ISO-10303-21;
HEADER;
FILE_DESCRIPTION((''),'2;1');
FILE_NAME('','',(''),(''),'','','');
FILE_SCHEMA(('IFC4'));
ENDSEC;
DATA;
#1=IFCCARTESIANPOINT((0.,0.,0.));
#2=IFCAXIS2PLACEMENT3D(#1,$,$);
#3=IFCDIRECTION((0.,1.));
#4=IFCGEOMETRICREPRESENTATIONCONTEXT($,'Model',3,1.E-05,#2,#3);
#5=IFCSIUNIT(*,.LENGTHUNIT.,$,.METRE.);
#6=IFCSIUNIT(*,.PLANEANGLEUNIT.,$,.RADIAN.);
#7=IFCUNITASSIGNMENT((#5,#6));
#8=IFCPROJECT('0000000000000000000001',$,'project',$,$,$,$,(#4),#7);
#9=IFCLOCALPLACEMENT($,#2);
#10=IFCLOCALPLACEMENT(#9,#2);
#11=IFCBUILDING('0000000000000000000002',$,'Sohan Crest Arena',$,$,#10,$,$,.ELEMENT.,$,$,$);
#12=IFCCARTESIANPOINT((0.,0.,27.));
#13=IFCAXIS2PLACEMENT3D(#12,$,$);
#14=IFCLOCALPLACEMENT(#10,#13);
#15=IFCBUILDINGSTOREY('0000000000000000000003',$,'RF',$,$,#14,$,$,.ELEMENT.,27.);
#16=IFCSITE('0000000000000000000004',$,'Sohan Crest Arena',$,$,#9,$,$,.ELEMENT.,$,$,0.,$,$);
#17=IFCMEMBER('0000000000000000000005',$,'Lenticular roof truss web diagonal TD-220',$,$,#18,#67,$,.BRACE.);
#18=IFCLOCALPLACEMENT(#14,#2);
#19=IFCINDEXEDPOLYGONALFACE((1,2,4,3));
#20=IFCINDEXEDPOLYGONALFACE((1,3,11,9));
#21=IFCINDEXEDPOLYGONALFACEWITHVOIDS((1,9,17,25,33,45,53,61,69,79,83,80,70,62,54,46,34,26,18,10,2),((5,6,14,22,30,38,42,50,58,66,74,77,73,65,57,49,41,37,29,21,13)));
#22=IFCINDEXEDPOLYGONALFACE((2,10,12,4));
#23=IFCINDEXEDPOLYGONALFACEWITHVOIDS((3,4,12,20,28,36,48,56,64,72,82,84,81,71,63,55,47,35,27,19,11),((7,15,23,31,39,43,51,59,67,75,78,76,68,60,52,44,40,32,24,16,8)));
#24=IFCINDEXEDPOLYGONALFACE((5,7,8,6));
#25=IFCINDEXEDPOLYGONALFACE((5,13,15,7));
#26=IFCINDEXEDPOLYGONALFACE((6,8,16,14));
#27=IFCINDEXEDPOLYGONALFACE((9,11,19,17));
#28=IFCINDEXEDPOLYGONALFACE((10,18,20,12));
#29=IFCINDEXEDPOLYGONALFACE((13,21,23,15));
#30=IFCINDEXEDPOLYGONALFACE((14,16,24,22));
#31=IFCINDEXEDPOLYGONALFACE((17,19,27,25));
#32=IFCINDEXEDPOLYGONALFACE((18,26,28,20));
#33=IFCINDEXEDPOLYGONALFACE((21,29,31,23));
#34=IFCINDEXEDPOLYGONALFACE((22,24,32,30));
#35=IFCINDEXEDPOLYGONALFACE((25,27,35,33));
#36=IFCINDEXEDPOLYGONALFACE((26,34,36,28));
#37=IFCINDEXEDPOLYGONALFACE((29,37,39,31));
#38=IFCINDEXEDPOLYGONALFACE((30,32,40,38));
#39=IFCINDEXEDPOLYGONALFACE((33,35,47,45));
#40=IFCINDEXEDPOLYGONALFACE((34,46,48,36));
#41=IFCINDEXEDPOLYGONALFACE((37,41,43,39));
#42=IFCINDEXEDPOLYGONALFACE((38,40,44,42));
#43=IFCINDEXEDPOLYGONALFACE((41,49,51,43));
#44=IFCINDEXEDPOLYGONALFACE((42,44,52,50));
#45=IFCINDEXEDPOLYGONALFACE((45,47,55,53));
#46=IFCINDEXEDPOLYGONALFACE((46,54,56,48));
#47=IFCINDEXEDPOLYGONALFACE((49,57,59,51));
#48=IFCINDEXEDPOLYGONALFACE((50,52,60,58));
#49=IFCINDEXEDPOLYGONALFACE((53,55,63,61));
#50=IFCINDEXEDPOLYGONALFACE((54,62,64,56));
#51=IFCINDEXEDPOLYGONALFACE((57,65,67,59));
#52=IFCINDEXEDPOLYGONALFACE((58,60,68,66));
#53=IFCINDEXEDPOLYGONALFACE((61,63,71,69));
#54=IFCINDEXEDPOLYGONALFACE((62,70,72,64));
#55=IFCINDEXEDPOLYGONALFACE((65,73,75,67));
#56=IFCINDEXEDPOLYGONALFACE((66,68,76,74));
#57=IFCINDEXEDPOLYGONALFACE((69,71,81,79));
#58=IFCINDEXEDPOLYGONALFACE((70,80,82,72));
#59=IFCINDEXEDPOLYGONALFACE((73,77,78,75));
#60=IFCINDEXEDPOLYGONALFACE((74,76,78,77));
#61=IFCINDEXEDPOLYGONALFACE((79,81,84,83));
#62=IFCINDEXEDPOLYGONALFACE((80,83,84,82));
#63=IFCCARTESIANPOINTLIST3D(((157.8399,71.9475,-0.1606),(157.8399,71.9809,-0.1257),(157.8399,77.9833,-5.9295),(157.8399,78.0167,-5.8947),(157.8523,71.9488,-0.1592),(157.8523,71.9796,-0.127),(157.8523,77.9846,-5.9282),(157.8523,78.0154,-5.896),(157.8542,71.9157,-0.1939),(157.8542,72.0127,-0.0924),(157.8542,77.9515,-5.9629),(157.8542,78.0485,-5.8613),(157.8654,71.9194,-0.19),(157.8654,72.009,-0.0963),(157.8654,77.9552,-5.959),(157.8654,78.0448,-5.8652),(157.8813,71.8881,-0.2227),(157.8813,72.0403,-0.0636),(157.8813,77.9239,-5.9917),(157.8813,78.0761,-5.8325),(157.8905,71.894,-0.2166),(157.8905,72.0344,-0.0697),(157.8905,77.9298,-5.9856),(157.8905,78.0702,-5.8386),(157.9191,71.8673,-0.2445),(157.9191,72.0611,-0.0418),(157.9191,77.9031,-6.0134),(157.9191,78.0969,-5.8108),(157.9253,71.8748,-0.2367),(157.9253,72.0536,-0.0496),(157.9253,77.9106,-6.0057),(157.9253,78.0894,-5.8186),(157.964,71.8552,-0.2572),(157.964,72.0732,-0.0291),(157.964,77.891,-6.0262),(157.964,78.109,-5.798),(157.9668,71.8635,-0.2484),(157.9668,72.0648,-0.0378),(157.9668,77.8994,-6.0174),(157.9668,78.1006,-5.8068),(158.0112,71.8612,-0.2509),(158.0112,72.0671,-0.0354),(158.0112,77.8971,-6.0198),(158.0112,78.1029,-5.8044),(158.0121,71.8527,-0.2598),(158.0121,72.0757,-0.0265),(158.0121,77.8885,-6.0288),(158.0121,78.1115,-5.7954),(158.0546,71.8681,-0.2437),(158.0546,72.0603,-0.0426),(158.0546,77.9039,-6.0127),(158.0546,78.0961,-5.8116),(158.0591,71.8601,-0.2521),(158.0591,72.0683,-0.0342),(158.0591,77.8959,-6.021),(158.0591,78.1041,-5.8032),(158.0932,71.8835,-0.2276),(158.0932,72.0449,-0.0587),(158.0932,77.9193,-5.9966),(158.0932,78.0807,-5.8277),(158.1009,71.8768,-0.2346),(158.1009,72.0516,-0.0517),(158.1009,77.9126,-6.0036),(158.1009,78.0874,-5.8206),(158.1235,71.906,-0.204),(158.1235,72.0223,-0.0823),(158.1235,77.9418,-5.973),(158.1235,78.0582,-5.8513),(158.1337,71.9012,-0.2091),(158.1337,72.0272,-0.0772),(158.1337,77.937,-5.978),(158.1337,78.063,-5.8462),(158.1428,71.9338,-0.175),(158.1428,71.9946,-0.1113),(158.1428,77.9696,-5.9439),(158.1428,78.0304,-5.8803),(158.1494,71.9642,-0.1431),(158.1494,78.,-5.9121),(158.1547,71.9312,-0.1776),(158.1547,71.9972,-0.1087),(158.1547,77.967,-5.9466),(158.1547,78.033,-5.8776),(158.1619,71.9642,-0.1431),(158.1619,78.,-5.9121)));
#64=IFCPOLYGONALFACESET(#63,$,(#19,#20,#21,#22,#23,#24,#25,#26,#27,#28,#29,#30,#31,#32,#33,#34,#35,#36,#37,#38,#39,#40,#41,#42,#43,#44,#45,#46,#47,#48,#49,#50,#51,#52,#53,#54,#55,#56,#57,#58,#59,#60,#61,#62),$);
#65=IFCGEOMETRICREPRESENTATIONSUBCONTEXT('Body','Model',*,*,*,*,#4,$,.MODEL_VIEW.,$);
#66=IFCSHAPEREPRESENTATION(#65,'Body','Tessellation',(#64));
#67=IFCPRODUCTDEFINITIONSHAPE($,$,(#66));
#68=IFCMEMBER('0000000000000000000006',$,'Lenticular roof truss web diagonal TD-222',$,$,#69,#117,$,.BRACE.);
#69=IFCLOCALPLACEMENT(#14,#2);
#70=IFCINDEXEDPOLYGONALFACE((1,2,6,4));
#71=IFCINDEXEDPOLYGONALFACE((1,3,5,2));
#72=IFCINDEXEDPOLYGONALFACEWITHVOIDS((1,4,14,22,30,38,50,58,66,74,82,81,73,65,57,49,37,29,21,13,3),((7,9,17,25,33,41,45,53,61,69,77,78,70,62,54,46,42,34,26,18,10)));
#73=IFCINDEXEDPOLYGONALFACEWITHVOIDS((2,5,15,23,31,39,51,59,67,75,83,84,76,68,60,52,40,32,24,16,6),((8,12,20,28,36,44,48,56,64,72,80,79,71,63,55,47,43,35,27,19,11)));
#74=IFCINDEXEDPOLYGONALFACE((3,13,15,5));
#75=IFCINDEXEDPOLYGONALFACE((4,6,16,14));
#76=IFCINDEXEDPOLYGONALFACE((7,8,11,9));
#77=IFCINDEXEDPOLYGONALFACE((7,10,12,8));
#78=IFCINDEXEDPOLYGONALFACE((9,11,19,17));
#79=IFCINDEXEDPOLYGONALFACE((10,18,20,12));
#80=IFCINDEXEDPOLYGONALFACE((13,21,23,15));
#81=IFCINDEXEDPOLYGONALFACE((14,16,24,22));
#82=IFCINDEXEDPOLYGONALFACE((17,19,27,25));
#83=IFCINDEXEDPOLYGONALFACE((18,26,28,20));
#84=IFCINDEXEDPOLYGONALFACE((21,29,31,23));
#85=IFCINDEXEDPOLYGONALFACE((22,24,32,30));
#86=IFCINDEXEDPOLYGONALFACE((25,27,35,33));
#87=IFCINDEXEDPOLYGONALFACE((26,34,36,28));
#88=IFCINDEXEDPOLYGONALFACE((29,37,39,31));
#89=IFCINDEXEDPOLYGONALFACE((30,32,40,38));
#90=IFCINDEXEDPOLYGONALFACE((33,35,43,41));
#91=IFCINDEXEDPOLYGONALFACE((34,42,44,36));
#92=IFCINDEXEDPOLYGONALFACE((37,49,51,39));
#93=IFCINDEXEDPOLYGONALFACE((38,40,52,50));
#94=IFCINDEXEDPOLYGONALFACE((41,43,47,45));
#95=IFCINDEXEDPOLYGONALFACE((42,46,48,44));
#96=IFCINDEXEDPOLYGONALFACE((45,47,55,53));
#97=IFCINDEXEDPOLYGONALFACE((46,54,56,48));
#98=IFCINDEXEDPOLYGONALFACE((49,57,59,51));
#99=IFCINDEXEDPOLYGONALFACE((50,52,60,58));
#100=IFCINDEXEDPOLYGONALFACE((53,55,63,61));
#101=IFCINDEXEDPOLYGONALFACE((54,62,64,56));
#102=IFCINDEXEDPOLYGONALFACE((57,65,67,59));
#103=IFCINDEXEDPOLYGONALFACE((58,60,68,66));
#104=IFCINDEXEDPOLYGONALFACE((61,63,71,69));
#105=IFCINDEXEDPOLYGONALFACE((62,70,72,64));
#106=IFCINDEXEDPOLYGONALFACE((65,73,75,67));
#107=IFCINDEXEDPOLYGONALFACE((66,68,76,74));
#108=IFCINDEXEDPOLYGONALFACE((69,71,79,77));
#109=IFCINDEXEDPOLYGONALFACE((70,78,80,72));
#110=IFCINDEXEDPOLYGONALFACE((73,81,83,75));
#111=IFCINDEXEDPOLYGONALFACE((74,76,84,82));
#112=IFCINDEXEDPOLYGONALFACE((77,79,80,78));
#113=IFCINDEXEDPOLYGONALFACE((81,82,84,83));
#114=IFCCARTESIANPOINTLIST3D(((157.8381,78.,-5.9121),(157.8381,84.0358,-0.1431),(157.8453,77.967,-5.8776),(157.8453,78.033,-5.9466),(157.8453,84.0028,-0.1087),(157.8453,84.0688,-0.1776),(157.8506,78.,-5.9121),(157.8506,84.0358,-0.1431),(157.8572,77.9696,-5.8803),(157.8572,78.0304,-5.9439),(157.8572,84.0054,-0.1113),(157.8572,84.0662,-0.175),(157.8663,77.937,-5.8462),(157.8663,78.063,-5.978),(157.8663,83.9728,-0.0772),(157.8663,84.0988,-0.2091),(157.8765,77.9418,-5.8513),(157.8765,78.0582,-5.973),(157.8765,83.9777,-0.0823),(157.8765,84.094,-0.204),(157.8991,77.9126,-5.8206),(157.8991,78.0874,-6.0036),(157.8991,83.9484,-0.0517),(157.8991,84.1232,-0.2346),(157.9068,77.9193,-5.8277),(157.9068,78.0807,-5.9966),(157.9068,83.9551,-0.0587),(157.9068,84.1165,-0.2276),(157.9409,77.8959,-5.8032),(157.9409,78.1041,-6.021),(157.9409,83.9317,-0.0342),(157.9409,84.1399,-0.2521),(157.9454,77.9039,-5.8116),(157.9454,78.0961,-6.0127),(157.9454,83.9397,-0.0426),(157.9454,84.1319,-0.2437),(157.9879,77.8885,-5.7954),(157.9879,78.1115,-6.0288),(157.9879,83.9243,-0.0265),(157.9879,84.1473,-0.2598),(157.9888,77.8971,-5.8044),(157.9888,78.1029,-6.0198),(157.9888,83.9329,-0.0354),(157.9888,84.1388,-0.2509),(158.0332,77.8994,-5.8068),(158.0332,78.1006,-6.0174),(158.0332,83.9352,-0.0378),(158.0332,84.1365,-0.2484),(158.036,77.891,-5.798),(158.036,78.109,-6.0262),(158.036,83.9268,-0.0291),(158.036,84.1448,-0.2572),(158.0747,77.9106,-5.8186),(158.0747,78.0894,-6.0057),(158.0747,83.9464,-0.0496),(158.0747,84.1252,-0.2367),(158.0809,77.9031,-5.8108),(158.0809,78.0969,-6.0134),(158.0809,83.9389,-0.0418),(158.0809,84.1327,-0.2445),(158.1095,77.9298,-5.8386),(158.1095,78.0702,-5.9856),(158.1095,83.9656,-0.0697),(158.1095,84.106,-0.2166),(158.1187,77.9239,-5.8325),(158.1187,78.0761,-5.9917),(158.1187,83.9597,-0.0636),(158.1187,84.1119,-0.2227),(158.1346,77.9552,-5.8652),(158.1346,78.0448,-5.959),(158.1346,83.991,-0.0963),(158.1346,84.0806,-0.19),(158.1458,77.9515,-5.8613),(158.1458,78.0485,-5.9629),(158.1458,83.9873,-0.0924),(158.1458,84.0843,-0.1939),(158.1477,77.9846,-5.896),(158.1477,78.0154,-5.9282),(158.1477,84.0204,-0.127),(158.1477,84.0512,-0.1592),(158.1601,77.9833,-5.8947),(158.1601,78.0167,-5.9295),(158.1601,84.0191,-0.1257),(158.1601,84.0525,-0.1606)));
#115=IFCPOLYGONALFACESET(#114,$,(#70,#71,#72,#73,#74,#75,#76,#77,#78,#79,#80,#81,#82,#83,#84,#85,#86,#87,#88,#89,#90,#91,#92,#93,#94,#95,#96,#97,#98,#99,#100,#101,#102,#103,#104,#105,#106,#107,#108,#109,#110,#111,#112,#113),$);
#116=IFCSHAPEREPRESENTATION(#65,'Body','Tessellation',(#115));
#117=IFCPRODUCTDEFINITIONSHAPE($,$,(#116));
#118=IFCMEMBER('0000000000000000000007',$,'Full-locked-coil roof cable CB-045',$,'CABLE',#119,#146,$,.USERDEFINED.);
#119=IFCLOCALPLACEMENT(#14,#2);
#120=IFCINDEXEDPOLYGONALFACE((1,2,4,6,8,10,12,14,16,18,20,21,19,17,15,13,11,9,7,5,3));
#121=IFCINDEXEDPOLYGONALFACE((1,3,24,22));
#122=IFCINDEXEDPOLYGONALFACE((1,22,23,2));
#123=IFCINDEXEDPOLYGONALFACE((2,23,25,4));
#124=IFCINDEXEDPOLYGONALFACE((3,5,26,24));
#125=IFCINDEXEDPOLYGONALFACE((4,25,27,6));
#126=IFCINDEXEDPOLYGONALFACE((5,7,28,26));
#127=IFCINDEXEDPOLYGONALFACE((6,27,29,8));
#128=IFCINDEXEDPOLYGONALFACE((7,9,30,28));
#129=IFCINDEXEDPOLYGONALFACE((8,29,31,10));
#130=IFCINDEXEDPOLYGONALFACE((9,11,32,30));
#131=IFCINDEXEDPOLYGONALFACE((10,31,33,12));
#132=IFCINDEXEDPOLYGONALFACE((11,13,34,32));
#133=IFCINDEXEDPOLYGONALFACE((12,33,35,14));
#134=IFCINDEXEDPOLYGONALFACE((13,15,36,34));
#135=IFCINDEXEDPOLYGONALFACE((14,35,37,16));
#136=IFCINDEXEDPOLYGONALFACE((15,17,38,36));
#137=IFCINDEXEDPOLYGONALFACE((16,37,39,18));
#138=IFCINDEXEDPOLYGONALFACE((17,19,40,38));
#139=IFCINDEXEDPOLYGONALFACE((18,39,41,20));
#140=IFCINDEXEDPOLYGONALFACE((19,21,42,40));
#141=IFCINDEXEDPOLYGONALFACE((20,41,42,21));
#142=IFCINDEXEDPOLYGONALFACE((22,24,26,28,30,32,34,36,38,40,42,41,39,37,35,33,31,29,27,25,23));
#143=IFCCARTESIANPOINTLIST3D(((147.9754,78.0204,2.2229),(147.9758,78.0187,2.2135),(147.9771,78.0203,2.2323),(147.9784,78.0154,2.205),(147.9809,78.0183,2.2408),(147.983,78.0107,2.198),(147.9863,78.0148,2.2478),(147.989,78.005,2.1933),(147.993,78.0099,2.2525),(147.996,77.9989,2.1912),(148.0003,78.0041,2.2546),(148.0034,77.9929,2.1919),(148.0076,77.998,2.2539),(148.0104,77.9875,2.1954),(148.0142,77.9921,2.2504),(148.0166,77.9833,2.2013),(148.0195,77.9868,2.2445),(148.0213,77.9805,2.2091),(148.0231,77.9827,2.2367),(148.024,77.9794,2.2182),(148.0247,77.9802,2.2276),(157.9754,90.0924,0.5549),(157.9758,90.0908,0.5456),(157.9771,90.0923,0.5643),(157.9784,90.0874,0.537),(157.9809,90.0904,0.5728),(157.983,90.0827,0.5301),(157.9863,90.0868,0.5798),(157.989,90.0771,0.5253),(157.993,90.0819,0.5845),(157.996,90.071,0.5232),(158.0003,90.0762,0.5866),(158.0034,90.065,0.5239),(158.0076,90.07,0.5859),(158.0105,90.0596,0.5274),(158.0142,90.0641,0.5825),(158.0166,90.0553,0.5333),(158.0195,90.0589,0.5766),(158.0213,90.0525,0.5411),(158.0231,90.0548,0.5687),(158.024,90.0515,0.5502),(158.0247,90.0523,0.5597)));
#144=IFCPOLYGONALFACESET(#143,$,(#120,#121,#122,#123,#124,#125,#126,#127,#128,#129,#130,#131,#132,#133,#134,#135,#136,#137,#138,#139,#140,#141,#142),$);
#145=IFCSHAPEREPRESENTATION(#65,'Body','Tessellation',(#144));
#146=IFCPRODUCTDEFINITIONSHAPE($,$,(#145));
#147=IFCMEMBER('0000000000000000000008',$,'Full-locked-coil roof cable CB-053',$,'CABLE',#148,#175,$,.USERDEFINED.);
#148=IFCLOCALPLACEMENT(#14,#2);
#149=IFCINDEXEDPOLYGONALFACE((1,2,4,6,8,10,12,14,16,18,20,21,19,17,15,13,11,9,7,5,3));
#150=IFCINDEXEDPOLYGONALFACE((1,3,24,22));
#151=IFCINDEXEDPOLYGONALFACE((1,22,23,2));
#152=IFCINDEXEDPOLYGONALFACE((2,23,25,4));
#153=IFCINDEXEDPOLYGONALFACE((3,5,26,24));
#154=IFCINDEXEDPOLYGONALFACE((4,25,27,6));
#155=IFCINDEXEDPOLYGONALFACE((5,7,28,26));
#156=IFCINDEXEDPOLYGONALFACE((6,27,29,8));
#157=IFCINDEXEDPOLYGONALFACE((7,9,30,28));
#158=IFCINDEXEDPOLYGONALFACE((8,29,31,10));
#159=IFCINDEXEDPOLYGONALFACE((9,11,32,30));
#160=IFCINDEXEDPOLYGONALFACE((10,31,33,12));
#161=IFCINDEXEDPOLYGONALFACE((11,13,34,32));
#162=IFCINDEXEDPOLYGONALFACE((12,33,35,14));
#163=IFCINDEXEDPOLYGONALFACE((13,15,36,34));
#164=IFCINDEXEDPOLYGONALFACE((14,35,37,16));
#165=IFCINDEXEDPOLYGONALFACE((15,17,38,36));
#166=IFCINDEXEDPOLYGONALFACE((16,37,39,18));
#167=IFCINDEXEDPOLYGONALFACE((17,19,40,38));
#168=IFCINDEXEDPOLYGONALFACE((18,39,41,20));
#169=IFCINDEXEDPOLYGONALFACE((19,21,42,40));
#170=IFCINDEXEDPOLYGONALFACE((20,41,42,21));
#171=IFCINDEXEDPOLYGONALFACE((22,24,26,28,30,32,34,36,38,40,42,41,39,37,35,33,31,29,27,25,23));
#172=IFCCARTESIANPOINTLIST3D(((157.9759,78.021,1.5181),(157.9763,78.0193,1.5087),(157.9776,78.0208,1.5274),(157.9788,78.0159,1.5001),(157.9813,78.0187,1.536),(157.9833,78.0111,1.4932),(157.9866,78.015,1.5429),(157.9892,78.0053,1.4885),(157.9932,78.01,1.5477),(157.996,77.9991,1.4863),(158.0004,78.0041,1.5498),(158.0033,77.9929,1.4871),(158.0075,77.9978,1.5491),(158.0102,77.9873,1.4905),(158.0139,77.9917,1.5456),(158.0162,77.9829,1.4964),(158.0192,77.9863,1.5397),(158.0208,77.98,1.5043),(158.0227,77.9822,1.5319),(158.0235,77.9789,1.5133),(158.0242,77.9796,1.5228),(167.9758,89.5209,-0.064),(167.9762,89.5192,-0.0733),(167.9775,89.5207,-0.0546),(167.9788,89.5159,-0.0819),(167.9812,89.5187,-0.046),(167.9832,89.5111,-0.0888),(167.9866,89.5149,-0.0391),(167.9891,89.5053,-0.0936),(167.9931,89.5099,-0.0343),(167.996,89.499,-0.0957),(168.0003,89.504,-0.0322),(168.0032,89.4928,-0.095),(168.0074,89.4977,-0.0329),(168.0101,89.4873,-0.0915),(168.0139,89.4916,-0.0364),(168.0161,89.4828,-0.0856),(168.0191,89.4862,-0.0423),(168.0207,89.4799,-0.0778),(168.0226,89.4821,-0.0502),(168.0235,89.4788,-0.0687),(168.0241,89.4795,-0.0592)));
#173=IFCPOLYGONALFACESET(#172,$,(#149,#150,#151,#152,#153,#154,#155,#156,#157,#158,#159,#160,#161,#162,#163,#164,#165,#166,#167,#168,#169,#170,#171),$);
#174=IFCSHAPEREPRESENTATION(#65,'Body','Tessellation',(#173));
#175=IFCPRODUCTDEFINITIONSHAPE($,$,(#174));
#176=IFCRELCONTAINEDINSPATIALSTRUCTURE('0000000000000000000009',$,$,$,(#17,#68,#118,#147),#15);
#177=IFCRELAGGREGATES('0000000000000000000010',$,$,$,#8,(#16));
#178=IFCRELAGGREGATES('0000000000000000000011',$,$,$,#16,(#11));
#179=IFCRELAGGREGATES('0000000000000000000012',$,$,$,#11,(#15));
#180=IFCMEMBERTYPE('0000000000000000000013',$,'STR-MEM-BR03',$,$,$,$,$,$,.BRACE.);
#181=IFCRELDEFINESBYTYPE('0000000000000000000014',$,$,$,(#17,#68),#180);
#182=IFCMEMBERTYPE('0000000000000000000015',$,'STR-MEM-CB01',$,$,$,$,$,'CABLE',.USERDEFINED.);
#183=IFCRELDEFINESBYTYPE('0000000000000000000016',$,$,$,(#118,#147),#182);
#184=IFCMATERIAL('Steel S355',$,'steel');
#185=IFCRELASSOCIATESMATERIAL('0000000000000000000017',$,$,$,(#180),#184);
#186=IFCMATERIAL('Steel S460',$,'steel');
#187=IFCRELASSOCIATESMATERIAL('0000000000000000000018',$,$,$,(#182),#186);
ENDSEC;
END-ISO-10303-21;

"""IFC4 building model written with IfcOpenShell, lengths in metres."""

from ifc_helpers import new_model, si_unit, direction, frame, origin, origin_2d, place, context, subcontext, project, spatial, circle, hollow_circle, extrude, material, material_profile, profile_set, type_object, element, save


model = new_model("IFC4")

# Units and contexts
model_context = context("Model", 3, precision=1e-05, world=origin(), true_north=direction((0.0, 1.0)))
body_context = subcontext(model_context, "Body", "Model", "MODEL_VIEW")
ifc_project = project(units=[si_unit("LENGTHUNIT", "METRE"), si_unit("PLANEANGLEUNIT", "RADIAN")], contexts=[model_context])

# Site, building, storey
site_placement = place(None, origin())
site = spatial("IfcSite", under=ifc_project, at=site_placement, Name="Sohan Crest Arena", CompositionType="ELEMENT", RefElevation=0.0)
building_placement = place(site_placement, origin())
building = spatial("IfcBuilding", under=site, at=building_placement, Name="Sohan Crest Arena", CompositionType="ELEMENT")
storey_placement = place(building_placement, frame((0.0, 0.0, 27.0)))
storey = spatial("IfcBuildingStorey", under=building, at=storey_placement, Name="RF", CompositionType="ELEMENT", Elevation=27.0)

# Shared definitions
ifc_material_1 = material(Name="Steel S355", Category="steel")

# Members
ifc_material_profile_1 = material_profile(ifc_material_1, hollow_circle(Radius=0.1619, WallThickness=0.0125, at=origin_2d()), Name="CHS 323.9x12.5")
ifc_profile_set_1 = profile_set([ifc_material_profile_1], Name="Steel S355")
member_type_1 = type_object("IfcMemberType", Name="STR-MEM-BR03", PredefinedType="BRACE", material=ifc_profile_set_1)
for number, where, z_axis, x_axis, name in (
    (1, (158.0, 78.0, -5.9121), (0.0, -0.722906, 0.690946), (1.0, 0.0, 0.0), "Lenticular roof truss web diagonal TD-220"),
    (2, (158.0, 78.0, -5.9121), (0.0, 0.722906, 0.690946), (-1.0, 0.0, 0.0), "Lenticular roof truss web diagonal TD-222"),
):
    element("IfcMember", number, at=place(storey_placement, frame(where, z_axis=z_axis, x_axis=x_axis)), inside=storey, type_object=member_type_1, Name=name, PredefinedType="BRACE", context=body_context, shape_type="SweptSolid", body=[
        extrude(hollow_circle(Radius=0.1619, WallThickness=0.0125, at=origin_2d()), origin(), (0.0, 0.0, 1.0), 8.3494),
    ])
ifc_material_2 = material(Name="Steel S460", Category="steel")
ifc_material_profile_2 = material_profile(ifc_material_2, circle(Radius=0.032, at=origin_2d()), Name="FLC D64")
ifc_profile_set_2 = profile_set([ifc_material_profile_2], Name="Steel S460")
member_type_2 = type_object("IfcMemberType", Name="STR-MEM-CB01", ElementType="CABLE", PredefinedType="USERDEFINED", material=ifc_profile_set_2)
member_1_placement = place(storey_placement, frame((148.0, 78.0, 2.2229), z_axis=(0.634341, 0.765778, -0.105806), x_axis=(-0.770101, 0.637922, 0.0)))
element("IfcMember", 3, at=member_1_placement, inside=storey, type_object=member_type_2, Name="Full-locked-coil roof cable CB-045", ObjectType="CABLE", PredefinedType="USERDEFINED", context=body_context, shape_type="SweptSolid", body=[
    extrude(circle(Radius=0.032, at=origin_2d()), origin(), (0.0, 0.0, 1.0), 15.7644),
])
member_2_placement = place(storey_placement, frame((158.0, 78.0, 1.5181), z_axis=(0.652671, 0.750572, -0.103255), x_axis=(-0.754606, 0.656179, 0.0)))
element("IfcMember", 4, at=member_2_placement, inside=storey, type_object=member_type_2, Name="Full-locked-coil roof cable CB-053", ObjectType="CABLE", PredefinedType="USERDEFINED", context=body_context, shape_type="SweptSolid", body=[
    extrude(circle(Radius=0.032, at=origin_2d()), origin(), (0.0, 0.0, 1.0), 15.3215),
])

save(model, "model.ifc")
